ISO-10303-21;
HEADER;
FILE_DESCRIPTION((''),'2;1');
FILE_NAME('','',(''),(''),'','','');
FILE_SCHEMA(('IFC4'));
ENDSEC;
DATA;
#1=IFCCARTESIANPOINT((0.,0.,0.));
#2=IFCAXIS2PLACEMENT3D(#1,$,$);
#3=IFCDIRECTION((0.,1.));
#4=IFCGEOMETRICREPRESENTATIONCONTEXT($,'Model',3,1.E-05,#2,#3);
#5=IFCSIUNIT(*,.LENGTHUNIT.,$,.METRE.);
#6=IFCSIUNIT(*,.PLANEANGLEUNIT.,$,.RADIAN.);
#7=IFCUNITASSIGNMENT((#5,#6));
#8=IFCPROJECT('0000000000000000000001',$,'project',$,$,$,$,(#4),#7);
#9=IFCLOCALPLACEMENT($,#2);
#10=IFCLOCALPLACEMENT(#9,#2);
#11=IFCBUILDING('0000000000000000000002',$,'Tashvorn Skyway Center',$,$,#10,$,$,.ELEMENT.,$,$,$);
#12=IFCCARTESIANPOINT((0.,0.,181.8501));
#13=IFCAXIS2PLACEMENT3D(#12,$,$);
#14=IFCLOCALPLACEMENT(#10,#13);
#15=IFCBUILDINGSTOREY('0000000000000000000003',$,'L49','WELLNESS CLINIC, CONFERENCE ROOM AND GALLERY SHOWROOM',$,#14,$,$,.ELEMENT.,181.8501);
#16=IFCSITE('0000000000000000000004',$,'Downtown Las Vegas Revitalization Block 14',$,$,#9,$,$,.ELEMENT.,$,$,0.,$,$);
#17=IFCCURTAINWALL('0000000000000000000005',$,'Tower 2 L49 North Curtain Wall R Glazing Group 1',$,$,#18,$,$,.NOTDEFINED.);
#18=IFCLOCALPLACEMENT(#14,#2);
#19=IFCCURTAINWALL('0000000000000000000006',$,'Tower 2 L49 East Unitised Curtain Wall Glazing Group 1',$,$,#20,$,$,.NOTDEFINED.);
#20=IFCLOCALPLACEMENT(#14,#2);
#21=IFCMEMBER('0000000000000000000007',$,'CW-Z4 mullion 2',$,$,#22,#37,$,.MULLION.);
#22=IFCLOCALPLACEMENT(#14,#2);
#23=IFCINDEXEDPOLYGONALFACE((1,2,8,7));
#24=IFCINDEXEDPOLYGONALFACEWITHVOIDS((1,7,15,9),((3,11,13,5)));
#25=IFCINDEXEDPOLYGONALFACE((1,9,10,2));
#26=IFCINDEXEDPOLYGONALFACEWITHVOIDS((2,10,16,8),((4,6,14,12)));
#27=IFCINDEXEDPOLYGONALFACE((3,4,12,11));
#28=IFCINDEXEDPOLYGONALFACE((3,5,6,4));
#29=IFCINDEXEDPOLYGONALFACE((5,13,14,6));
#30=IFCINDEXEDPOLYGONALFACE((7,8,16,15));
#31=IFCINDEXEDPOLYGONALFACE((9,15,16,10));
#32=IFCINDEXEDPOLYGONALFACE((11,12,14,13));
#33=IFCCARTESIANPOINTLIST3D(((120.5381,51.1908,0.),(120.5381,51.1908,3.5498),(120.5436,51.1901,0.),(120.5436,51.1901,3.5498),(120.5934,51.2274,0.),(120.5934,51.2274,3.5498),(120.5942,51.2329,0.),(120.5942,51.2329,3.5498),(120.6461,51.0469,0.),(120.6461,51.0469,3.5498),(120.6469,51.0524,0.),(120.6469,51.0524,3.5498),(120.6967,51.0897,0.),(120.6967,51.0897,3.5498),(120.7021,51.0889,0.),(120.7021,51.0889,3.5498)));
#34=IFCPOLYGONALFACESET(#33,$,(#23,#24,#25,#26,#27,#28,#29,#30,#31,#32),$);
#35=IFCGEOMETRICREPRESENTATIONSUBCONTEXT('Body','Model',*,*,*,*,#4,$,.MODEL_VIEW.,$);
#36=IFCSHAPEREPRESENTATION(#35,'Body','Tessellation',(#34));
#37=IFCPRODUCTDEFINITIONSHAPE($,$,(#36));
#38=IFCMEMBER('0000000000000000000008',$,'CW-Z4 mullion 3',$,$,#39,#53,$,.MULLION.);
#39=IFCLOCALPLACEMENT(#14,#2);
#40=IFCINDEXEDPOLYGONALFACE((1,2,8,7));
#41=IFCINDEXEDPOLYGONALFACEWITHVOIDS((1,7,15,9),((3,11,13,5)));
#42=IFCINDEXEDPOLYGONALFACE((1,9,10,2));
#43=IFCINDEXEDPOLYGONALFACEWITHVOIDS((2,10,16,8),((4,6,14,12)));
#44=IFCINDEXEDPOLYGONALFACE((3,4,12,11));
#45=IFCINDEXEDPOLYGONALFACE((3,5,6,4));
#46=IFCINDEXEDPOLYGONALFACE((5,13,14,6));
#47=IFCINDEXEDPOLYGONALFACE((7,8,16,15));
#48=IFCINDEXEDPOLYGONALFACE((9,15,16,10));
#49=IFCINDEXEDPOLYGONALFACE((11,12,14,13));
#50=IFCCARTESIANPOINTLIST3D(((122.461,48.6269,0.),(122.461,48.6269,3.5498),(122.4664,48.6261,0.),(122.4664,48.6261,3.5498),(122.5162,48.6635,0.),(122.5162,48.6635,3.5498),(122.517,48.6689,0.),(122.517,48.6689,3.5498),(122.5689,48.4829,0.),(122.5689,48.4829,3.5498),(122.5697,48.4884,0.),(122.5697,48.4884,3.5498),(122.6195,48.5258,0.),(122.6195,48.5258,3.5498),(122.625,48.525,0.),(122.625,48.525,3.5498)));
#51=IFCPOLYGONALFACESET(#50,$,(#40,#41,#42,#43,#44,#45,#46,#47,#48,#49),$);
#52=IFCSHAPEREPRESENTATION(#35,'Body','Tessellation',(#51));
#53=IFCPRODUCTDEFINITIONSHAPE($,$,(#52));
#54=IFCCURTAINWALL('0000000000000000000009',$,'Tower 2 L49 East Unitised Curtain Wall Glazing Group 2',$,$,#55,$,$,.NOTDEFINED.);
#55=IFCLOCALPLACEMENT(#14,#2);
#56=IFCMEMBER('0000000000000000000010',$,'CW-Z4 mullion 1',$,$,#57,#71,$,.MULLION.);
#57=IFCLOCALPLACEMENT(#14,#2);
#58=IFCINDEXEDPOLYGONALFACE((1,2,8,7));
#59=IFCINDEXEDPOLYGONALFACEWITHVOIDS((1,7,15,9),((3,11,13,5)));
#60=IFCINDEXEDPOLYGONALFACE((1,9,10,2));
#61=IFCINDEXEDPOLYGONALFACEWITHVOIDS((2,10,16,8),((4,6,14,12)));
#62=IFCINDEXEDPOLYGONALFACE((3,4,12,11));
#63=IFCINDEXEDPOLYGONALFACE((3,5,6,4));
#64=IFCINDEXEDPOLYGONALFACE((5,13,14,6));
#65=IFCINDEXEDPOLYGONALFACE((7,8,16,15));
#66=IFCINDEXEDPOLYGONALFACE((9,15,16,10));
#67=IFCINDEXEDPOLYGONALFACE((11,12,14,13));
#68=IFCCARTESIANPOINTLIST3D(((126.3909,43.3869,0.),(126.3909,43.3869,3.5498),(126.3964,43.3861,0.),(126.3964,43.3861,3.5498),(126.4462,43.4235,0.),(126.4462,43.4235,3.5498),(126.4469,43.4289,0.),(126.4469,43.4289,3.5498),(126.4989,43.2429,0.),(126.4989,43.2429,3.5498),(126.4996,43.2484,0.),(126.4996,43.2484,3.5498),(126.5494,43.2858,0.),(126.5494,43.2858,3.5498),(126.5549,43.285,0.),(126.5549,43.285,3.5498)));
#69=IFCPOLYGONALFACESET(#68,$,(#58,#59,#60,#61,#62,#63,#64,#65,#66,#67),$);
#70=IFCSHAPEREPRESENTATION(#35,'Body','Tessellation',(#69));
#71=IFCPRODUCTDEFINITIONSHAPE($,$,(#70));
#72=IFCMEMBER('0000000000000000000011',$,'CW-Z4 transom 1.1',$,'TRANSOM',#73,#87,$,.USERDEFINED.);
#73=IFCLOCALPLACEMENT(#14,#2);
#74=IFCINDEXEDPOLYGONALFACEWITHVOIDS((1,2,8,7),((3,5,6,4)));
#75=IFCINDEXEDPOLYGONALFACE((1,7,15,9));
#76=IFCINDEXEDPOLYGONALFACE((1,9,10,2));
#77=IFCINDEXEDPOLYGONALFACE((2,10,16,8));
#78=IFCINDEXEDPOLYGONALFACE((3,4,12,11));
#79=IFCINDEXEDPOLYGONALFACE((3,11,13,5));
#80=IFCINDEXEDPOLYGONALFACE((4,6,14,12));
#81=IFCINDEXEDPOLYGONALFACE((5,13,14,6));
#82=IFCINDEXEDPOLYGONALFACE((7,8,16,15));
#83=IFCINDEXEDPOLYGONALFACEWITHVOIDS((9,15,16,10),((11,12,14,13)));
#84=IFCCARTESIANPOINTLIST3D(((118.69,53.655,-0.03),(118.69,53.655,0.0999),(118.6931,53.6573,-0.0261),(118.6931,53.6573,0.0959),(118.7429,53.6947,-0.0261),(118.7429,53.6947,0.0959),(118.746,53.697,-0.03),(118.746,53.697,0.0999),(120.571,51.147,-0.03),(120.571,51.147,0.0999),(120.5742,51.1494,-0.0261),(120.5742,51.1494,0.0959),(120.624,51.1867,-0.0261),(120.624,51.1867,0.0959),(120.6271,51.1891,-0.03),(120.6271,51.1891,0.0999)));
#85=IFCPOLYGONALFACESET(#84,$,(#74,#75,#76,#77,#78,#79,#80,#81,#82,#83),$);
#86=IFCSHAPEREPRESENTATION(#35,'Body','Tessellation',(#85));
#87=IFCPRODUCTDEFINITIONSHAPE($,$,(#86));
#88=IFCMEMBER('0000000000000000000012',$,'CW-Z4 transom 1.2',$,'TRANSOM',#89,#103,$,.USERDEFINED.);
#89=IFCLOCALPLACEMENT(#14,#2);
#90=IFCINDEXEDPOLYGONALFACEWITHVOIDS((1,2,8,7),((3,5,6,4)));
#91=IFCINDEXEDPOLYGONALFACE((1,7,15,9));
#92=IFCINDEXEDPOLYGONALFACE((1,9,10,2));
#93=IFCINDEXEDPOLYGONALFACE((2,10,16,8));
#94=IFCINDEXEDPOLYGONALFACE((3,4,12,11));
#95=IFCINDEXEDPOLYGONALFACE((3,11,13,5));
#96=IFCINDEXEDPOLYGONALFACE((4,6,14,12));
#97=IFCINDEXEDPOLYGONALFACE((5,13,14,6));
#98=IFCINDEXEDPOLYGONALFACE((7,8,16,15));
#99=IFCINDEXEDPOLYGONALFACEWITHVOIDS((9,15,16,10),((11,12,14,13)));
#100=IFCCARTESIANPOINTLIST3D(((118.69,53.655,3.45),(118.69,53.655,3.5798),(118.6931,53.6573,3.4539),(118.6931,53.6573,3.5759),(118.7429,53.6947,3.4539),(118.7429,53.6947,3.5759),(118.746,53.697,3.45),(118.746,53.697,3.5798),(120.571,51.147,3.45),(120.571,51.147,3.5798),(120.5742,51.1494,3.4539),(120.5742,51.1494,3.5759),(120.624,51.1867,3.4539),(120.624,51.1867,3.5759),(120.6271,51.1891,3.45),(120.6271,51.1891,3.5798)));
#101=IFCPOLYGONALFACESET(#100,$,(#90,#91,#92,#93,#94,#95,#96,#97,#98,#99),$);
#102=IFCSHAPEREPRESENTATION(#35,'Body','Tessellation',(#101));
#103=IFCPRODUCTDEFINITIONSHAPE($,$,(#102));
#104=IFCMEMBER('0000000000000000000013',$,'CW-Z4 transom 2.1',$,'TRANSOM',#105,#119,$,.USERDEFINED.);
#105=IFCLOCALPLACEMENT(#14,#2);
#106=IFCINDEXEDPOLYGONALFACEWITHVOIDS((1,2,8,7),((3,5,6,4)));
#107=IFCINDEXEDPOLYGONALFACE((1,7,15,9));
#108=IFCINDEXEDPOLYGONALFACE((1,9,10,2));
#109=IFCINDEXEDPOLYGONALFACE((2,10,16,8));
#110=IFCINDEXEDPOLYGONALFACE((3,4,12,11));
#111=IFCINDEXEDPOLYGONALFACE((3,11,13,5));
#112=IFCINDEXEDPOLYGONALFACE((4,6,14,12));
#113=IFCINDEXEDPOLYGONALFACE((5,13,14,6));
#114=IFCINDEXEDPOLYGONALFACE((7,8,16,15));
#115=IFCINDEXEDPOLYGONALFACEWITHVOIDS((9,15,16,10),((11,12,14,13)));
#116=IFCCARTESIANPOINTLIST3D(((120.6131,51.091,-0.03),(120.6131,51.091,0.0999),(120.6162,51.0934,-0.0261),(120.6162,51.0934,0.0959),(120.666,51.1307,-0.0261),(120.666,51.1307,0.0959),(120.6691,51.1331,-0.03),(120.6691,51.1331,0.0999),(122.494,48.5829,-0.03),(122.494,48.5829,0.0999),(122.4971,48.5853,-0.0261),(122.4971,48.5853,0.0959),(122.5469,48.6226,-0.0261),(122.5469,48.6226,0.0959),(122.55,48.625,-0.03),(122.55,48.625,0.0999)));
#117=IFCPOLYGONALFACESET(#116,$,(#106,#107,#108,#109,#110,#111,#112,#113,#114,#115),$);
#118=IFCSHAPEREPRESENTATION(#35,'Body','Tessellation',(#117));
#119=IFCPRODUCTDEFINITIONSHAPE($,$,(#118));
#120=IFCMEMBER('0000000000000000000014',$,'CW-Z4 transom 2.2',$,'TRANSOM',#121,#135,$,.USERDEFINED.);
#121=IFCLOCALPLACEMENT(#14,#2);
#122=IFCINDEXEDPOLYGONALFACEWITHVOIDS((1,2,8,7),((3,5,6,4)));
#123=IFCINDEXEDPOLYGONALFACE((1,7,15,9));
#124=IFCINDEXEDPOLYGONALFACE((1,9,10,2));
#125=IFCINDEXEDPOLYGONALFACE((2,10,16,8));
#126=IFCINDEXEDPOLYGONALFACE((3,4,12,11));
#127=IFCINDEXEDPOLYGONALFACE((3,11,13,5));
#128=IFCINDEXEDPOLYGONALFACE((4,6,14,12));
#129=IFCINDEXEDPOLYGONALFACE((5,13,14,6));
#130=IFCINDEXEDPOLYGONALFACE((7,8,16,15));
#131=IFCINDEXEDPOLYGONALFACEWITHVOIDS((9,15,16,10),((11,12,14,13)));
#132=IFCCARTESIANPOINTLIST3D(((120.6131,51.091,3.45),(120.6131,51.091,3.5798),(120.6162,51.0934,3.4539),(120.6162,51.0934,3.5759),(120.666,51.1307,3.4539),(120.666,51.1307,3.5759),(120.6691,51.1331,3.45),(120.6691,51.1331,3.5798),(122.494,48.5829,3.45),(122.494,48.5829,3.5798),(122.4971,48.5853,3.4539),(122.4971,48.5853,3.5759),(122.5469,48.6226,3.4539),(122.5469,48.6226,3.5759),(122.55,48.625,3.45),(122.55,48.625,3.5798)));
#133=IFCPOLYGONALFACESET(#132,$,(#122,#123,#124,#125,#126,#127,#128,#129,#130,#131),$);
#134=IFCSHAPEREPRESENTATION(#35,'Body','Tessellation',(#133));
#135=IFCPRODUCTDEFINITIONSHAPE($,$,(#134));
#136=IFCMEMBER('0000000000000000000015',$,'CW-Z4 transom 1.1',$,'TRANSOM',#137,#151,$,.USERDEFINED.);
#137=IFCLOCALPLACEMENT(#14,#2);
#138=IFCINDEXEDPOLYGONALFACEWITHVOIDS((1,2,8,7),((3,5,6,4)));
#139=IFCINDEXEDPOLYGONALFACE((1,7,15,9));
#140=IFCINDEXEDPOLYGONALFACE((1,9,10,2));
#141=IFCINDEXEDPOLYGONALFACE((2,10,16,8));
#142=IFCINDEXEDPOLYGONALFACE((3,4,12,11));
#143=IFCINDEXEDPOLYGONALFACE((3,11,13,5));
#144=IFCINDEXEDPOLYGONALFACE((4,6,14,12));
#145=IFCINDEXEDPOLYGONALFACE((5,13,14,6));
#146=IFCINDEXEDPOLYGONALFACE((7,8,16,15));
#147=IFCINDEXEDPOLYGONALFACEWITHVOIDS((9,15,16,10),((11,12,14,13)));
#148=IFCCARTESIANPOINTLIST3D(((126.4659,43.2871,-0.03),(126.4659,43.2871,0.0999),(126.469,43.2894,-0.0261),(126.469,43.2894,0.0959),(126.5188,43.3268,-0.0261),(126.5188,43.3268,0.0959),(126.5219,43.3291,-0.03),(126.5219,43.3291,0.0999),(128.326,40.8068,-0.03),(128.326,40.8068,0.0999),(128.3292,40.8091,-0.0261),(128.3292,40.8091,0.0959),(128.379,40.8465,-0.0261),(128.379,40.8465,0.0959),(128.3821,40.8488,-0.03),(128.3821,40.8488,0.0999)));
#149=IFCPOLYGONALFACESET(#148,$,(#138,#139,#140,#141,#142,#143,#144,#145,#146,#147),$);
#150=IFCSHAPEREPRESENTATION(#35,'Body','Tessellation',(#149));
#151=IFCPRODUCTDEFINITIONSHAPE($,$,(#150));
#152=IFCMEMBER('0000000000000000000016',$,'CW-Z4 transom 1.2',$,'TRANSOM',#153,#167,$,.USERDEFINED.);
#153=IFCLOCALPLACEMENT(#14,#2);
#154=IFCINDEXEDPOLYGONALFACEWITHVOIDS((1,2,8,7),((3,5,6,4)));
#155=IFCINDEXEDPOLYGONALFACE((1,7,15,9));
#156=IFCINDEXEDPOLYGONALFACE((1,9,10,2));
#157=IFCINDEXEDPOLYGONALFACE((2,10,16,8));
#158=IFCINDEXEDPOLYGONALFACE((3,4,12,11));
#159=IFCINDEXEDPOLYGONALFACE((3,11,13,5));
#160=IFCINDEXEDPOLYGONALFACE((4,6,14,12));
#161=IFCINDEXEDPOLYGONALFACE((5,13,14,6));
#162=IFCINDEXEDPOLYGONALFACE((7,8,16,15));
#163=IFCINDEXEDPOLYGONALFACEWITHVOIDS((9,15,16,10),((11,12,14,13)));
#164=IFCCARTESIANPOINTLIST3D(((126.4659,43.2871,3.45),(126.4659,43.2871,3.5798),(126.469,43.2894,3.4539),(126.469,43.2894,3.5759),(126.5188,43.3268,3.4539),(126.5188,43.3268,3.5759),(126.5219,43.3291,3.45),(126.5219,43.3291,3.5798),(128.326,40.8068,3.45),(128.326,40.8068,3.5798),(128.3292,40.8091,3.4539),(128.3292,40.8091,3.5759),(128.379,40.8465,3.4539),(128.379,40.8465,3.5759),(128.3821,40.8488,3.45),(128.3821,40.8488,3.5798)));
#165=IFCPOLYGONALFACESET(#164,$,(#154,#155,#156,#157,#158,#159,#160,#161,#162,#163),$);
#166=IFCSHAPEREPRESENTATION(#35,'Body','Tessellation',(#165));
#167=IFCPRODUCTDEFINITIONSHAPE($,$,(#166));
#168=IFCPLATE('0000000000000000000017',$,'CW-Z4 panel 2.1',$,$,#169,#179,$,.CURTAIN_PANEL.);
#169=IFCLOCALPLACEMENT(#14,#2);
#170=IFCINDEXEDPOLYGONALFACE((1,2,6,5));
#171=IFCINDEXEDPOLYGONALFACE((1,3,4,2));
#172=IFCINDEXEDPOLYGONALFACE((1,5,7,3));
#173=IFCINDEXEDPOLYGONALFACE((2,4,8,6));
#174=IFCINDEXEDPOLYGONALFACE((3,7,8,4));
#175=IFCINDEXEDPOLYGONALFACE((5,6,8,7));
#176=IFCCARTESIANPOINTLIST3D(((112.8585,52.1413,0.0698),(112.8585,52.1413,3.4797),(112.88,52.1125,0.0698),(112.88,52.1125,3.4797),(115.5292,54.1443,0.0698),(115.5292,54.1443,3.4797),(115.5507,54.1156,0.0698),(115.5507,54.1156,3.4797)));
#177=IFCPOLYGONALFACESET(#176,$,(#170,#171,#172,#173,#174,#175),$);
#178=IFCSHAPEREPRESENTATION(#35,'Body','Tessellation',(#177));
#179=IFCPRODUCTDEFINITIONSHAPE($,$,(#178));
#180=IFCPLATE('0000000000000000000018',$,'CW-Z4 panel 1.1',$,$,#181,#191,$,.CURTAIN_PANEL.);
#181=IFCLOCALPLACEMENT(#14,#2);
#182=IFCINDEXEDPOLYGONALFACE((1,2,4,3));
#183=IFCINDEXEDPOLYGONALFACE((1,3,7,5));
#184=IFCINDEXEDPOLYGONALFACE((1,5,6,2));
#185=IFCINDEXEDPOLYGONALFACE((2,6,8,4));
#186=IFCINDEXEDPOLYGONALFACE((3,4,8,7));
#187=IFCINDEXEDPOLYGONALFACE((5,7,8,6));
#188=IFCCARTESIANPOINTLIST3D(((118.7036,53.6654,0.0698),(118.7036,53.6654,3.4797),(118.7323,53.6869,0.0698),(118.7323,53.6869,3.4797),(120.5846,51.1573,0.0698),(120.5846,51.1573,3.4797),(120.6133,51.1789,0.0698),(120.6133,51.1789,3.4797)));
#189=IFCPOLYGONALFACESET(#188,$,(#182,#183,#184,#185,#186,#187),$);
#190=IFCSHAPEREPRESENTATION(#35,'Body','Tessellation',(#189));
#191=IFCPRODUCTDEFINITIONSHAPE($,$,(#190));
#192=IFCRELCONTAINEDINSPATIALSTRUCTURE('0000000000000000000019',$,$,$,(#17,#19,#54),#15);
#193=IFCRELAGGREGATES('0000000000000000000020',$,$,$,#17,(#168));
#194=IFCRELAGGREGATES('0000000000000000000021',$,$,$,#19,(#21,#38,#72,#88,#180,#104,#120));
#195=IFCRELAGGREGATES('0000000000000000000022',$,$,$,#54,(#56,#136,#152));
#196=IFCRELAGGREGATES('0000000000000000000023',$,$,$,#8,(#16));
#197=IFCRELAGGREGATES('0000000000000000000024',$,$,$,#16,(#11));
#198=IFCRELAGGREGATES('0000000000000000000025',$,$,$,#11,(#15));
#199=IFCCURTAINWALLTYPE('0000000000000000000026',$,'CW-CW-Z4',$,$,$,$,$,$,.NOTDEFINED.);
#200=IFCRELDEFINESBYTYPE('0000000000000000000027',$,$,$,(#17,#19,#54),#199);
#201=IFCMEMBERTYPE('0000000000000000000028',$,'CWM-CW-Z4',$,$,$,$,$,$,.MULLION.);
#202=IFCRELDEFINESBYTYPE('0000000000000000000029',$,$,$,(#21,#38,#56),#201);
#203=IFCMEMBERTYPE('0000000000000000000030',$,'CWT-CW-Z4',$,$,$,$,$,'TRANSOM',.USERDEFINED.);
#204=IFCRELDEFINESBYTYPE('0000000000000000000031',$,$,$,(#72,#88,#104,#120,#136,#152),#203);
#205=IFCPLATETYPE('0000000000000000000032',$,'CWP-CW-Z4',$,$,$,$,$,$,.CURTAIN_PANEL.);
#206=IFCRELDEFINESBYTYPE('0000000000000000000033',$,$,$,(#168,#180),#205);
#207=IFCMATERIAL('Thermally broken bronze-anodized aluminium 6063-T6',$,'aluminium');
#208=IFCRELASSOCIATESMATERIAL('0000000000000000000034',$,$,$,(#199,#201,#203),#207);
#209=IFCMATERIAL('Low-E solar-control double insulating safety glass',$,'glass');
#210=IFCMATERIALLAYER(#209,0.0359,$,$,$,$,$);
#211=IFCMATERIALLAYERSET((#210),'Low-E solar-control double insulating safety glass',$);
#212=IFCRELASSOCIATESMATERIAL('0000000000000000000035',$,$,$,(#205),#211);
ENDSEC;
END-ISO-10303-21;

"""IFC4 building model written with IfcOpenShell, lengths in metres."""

from ifc_helpers import new_model, si_unit, direction, frame, origin, origin_2d, place, context, subcontext, project, spatial, rectangle, hollow_rectangle, extrude, material, layer, layer_set, material_profile, profile_set, type_object, element, aggregate, save


model = new_model("IFC4")

# Units and contexts
model_context = context("Model", 3, precision=1e-05, world=origin(), true_north=direction((0.0, 1.0)))
body_context = subcontext(model_context, "Body", "Model", "MODEL_VIEW")
ifc_project = project(units=[si_unit("LENGTHUNIT", "METRE"), si_unit("PLANEANGLEUNIT", "RADIAN")], contexts=[model_context])

# Site, building, storey
site_placement = place(None, origin())
site = spatial("IfcSite", under=ifc_project, at=site_placement, Name="Downtown Las Vegas Revitalization Block 14", CompositionType="ELEMENT", RefElevation=0.0)
building_placement = place(site_placement, origin())
building = spatial("IfcBuilding", under=site, at=building_placement, Name="Tashvorn Skyway Center", CompositionType="ELEMENT")
storey_placement = place(building_placement, frame((0.0, 0.0, 181.8501)))
storey = spatial("IfcBuildingStorey", under=building, at=storey_placement, Name="L49", Description="WELLNESS CLINIC, CONFERENCE ROOM AND GALLERY SHOWROOM", CompositionType="ELEMENT", Elevation=181.8501)

# Curtain wall
ifc_material_1 = material(Name="Thermally broken bronze-anodized aluminium 6063-T6", Category="aluminium")
curtain_wall_type = type_object("IfcCurtainWallType", Name="CW-CW-Z4", PredefinedType="NOTDEFINED", material=ifc_material_1)
curtain_wall_1_placement = place(storey_placement, origin())
curtain_wall_1 = element("IfcCurtainWall", 1, at=curtain_wall_1_placement, inside=storey, type_object=curtain_wall_type, Name="Tower 2 L49 North Curtain Wall R Glazing Group 1", PredefinedType="NOTDEFINED")
ifc_material_profile_1 = material_profile(ifc_material_1, hollow_rectangle(XDim=0.0701, YDim=0.1799, WallThickness=0.0039, at=origin_2d()), Name="ALU-MULL-70x180")
ifc_profile_set_1 = profile_set([ifc_material_profile_1], Name="Thermally broken bronze-anodized aluminium 6063-T6")
member_type_1 = type_object("IfcMemberType", Name="CWM-CW-Z4", PredefinedType="MULLION", material=ifc_profile_set_1)

# Curtain wall, members
curtain_wall_2_placement = place(storey_placement, origin())
curtain_wall_2 = element("IfcCurtainWall", 2, at=curtain_wall_2_placement, inside=storey, type_object=curtain_wall_type, Name="Tower 2 L49 East Unitised Curtain Wall Glazing Group 1", PredefinedType="NOTDEFINED")
member_1_placement = place(storey_placement, frame((120.6201, 51.1399, 0.0), z_axis=(0.0, 0.0, 1.0), x_axis=(0.8, 0.6, 0.0)))
member_1 = element("IfcMember", 3, at=member_1_placement, type_object=member_type_1, Name="CW-Z4 mullion 2", PredefinedType="MULLION", context=body_context, shape_type="SweptSolid", body=[
    extrude(hollow_rectangle(XDim=0.0701, YDim=0.1799, WallThickness=0.0039, at=origin_2d()), origin(), (0.0, 0.0, 1.0), 3.5498),
])
member_2_placement = place(storey_placement, frame((122.543, 48.5759, 0.0), z_axis=(0.0, 0.0, 1.0), x_axis=(0.8, 0.6, 0.0)))
member_2 = element("IfcMember", 4, at=member_2_placement, type_object=member_type_1, Name="CW-Z4 mullion 3", PredefinedType="MULLION", context=body_context, shape_type="SweptSolid", body=[
    extrude(hollow_rectangle(XDim=0.0701, YDim=0.1799, WallThickness=0.0039, at=origin_2d()), origin(), (0.0, 0.0, 1.0), 3.5498),
])

# Curtain wall, member
curtain_wall_3_placement = place(storey_placement, origin())
curtain_wall_3 = element("IfcCurtainWall", 5, at=curtain_wall_3_placement, inside=storey, type_object=curtain_wall_type, Name="Tower 2 L49 East Unitised Curtain Wall Glazing Group 2", PredefinedType="NOTDEFINED")
member_3_placement = place(storey_placement, frame((126.4729, 43.3359, 0.0), z_axis=(0.0, 0.0, 1.0), x_axis=(0.8, 0.6, 0.0)))
member_3 = element("IfcMember", 6, at=member_3_placement, type_object=member_type_1, Name="CW-Z4 mullion 1", PredefinedType="MULLION", context=body_context, shape_type="SweptSolid", body=[
    extrude(hollow_rectangle(XDim=0.0701, YDim=0.1799, WallThickness=0.0039, at=origin_2d()), origin(), (0.0, 0.0, 1.0), 3.5498),
])

# Members
ifc_material_profile_2 = material_profile(ifc_material_1, hollow_rectangle(XDim=0.0701, YDim=0.1299, WallThickness=0.0039, at=origin_2d()), Name="ALU-TRAN-70x130")
ifc_profile_set_2 = profile_set([ifc_material_profile_2], Name="Thermally broken bronze-anodized aluminium 6063-T6")
member_type_2 = type_object("IfcMemberType", Name="CWT-CW-Z4", ElementType="TRANSOM", PredefinedType="USERDEFINED", material=ifc_profile_set_2)
member_4_placement = place(storey_placement, frame((118.718, 53.676, 0.0349), z_axis=(0.600012, -0.799991, 0.0), x_axis=(0.799991, 0.600012, 0.0)))
member_4 = element("IfcMember", 7, at=member_4_placement, type_object=member_type_2, Name="CW-Z4 transom 1.1", ObjectType="TRANSOM", PredefinedType="USERDEFINED", context=body_context, shape_type="SweptSolid", body=[
    extrude(hollow_rectangle(XDim=0.0701, YDim=0.1299, WallThickness=0.0039, at=origin_2d()), origin(), (0.0, 0.0, 1.0), 3.135),
])
member_5_placement = place(storey_placement, frame((118.718, 53.676, 3.5149), z_axis=(0.600012, -0.799991, 0.0), x_axis=(0.799991, 0.600012, 0.0)))
member_5 = element("IfcMember", 8, at=member_5_placement, type_object=member_type_2, Name="CW-Z4 transom 1.2", ObjectType="TRANSOM", PredefinedType="USERDEFINED", context=body_context, shape_type="SweptSolid", body=[
    extrude(hollow_rectangle(XDim=0.0701, YDim=0.1299, WallThickness=0.0039, at=origin_2d()), origin(), (0.0, 0.0, 1.0), 3.135),
])
member_6_placement = place(storey_placement, frame((120.6411, 51.1121, 0.0349), z_axis=(0.599963, -0.800028, 0.0), x_axis=(0.800028, 0.599963, 0.0)))
member_6 = element("IfcMember", 9, at=member_6_placement, type_object=member_type_2, Name="CW-Z4 transom 2.1", ObjectType="TRANSOM", PredefinedType="USERDEFINED", context=body_context, shape_type="SweptSolid", body=[
    extrude(hollow_rectangle(XDim=0.0701, YDim=0.1299, WallThickness=0.0039, at=origin_2d()), origin(), (0.0, 0.0, 1.0), 3.135),
])
member_7_placement = place(storey_placement, frame((120.6411, 51.1121, 3.5149), z_axis=(0.599963, -0.800028, 0.0), x_axis=(0.800028, 0.599963, 0.0)))
member_7 = element("IfcMember", 10, at=member_7_placement, type_object=member_type_2, Name="CW-Z4 transom 2.2", ObjectType="TRANSOM", PredefinedType="USERDEFINED", context=body_context, shape_type="SweptSolid", body=[
    extrude(hollow_rectangle(XDim=0.0701, YDim=0.1299, WallThickness=0.0039, at=origin_2d()), origin(), (0.0, 0.0, 1.0), 3.135),
])
member_8_placement = place(storey_placement, frame((126.4939, 43.3081, 0.0349), z_axis=(0.599987, -0.800009, 0.0), x_axis=(0.800009, 0.599987, 0.0)))
member_8 = element("IfcMember", 11, at=member_8_placement, type_object=member_type_2, Name="CW-Z4 transom 1.1", ObjectType="TRANSOM", PredefinedType="USERDEFINED", context=body_context, shape_type="SweptSolid", body=[
    extrude(hollow_rectangle(XDim=0.0701, YDim=0.1299, WallThickness=0.0039, at=origin_2d()), origin(), (0.0, 0.0, 1.0), 3.1003),
])
member_9_placement = place(storey_placement, frame((126.4939, 43.3081, 3.5149), z_axis=(0.599987, -0.800009, 0.0), x_axis=(0.800009, 0.599987, 0.0)))
member_9 = element("IfcMember", 12, at=member_9_placement, type_object=member_type_2, Name="CW-Z4 transom 1.2", ObjectType="TRANSOM", PredefinedType="USERDEFINED", context=body_context, shape_type="SweptSolid", body=[
    extrude(hollow_rectangle(XDim=0.0701, YDim=0.1299, WallThickness=0.0039, at=origin_2d()), origin(), (0.0, 0.0, 1.0), 3.1003),
])

# Plates
ifc_material_2 = material(Name="Low-E solar-control double insulating safety glass", Category="glass")
ifc_layer_1 = layer(ifc_material_2, 0.0359)
ifc_layer_set_1 = layer_set([ifc_layer_1], Name="Low-E solar-control double insulating safety glass")
plate_type = type_object("IfcPlateType", Name="CWP-CW-Z4", PredefinedType="CURTAIN_PANEL", material=ifc_layer_set_1)
plate_1_placement = place(storey_placement, frame((114.2046, 53.1284, 0.0698), z_axis=(0.0, 0.0, 1.0), x_axis=(0.799998, 0.600002, 0.0)))
plate_1 = element("IfcPlate", 13, at=plate_1_placement, type_object=plate_type, Name="CW-Z4 panel 2.1", PredefinedType="CURTAIN_PANEL", context=body_context, shape_type="SweptSolid", body=[
    extrude(rectangle(XDim=3.3384, YDim=0.0359, at=origin_2d()), origin(), (0.0, 0.0, 1.0), 3.4099),
])
aggregate(curtain_wall_1, [plate_1])
plate_2_placement = place(storey_placement, frame((119.6584, 52.4221, 0.0698), z_axis=(0.0, 0.0, 1.0), x_axis=(0.6, -0.8, 0.0)))
plate_2 = element("IfcPlate", 14, at=plate_2_placement, type_object=plate_type, Name="CW-Z4 panel 1.1", PredefinedType="CURTAIN_PANEL", context=body_context, shape_type="SweptSolid", body=[
    extrude(rectangle(XDim=3.135, YDim=0.0359, at=origin_2d()), origin(), (0.0, 0.0, 1.0), 3.4099),
])
aggregate(curtain_wall_2, [member_1, member_2, member_4, member_5, plate_2, member_6, member_7])
aggregate(curtain_wall_3, [member_3, member_8, member_9])

save(model, "model.ifc")
